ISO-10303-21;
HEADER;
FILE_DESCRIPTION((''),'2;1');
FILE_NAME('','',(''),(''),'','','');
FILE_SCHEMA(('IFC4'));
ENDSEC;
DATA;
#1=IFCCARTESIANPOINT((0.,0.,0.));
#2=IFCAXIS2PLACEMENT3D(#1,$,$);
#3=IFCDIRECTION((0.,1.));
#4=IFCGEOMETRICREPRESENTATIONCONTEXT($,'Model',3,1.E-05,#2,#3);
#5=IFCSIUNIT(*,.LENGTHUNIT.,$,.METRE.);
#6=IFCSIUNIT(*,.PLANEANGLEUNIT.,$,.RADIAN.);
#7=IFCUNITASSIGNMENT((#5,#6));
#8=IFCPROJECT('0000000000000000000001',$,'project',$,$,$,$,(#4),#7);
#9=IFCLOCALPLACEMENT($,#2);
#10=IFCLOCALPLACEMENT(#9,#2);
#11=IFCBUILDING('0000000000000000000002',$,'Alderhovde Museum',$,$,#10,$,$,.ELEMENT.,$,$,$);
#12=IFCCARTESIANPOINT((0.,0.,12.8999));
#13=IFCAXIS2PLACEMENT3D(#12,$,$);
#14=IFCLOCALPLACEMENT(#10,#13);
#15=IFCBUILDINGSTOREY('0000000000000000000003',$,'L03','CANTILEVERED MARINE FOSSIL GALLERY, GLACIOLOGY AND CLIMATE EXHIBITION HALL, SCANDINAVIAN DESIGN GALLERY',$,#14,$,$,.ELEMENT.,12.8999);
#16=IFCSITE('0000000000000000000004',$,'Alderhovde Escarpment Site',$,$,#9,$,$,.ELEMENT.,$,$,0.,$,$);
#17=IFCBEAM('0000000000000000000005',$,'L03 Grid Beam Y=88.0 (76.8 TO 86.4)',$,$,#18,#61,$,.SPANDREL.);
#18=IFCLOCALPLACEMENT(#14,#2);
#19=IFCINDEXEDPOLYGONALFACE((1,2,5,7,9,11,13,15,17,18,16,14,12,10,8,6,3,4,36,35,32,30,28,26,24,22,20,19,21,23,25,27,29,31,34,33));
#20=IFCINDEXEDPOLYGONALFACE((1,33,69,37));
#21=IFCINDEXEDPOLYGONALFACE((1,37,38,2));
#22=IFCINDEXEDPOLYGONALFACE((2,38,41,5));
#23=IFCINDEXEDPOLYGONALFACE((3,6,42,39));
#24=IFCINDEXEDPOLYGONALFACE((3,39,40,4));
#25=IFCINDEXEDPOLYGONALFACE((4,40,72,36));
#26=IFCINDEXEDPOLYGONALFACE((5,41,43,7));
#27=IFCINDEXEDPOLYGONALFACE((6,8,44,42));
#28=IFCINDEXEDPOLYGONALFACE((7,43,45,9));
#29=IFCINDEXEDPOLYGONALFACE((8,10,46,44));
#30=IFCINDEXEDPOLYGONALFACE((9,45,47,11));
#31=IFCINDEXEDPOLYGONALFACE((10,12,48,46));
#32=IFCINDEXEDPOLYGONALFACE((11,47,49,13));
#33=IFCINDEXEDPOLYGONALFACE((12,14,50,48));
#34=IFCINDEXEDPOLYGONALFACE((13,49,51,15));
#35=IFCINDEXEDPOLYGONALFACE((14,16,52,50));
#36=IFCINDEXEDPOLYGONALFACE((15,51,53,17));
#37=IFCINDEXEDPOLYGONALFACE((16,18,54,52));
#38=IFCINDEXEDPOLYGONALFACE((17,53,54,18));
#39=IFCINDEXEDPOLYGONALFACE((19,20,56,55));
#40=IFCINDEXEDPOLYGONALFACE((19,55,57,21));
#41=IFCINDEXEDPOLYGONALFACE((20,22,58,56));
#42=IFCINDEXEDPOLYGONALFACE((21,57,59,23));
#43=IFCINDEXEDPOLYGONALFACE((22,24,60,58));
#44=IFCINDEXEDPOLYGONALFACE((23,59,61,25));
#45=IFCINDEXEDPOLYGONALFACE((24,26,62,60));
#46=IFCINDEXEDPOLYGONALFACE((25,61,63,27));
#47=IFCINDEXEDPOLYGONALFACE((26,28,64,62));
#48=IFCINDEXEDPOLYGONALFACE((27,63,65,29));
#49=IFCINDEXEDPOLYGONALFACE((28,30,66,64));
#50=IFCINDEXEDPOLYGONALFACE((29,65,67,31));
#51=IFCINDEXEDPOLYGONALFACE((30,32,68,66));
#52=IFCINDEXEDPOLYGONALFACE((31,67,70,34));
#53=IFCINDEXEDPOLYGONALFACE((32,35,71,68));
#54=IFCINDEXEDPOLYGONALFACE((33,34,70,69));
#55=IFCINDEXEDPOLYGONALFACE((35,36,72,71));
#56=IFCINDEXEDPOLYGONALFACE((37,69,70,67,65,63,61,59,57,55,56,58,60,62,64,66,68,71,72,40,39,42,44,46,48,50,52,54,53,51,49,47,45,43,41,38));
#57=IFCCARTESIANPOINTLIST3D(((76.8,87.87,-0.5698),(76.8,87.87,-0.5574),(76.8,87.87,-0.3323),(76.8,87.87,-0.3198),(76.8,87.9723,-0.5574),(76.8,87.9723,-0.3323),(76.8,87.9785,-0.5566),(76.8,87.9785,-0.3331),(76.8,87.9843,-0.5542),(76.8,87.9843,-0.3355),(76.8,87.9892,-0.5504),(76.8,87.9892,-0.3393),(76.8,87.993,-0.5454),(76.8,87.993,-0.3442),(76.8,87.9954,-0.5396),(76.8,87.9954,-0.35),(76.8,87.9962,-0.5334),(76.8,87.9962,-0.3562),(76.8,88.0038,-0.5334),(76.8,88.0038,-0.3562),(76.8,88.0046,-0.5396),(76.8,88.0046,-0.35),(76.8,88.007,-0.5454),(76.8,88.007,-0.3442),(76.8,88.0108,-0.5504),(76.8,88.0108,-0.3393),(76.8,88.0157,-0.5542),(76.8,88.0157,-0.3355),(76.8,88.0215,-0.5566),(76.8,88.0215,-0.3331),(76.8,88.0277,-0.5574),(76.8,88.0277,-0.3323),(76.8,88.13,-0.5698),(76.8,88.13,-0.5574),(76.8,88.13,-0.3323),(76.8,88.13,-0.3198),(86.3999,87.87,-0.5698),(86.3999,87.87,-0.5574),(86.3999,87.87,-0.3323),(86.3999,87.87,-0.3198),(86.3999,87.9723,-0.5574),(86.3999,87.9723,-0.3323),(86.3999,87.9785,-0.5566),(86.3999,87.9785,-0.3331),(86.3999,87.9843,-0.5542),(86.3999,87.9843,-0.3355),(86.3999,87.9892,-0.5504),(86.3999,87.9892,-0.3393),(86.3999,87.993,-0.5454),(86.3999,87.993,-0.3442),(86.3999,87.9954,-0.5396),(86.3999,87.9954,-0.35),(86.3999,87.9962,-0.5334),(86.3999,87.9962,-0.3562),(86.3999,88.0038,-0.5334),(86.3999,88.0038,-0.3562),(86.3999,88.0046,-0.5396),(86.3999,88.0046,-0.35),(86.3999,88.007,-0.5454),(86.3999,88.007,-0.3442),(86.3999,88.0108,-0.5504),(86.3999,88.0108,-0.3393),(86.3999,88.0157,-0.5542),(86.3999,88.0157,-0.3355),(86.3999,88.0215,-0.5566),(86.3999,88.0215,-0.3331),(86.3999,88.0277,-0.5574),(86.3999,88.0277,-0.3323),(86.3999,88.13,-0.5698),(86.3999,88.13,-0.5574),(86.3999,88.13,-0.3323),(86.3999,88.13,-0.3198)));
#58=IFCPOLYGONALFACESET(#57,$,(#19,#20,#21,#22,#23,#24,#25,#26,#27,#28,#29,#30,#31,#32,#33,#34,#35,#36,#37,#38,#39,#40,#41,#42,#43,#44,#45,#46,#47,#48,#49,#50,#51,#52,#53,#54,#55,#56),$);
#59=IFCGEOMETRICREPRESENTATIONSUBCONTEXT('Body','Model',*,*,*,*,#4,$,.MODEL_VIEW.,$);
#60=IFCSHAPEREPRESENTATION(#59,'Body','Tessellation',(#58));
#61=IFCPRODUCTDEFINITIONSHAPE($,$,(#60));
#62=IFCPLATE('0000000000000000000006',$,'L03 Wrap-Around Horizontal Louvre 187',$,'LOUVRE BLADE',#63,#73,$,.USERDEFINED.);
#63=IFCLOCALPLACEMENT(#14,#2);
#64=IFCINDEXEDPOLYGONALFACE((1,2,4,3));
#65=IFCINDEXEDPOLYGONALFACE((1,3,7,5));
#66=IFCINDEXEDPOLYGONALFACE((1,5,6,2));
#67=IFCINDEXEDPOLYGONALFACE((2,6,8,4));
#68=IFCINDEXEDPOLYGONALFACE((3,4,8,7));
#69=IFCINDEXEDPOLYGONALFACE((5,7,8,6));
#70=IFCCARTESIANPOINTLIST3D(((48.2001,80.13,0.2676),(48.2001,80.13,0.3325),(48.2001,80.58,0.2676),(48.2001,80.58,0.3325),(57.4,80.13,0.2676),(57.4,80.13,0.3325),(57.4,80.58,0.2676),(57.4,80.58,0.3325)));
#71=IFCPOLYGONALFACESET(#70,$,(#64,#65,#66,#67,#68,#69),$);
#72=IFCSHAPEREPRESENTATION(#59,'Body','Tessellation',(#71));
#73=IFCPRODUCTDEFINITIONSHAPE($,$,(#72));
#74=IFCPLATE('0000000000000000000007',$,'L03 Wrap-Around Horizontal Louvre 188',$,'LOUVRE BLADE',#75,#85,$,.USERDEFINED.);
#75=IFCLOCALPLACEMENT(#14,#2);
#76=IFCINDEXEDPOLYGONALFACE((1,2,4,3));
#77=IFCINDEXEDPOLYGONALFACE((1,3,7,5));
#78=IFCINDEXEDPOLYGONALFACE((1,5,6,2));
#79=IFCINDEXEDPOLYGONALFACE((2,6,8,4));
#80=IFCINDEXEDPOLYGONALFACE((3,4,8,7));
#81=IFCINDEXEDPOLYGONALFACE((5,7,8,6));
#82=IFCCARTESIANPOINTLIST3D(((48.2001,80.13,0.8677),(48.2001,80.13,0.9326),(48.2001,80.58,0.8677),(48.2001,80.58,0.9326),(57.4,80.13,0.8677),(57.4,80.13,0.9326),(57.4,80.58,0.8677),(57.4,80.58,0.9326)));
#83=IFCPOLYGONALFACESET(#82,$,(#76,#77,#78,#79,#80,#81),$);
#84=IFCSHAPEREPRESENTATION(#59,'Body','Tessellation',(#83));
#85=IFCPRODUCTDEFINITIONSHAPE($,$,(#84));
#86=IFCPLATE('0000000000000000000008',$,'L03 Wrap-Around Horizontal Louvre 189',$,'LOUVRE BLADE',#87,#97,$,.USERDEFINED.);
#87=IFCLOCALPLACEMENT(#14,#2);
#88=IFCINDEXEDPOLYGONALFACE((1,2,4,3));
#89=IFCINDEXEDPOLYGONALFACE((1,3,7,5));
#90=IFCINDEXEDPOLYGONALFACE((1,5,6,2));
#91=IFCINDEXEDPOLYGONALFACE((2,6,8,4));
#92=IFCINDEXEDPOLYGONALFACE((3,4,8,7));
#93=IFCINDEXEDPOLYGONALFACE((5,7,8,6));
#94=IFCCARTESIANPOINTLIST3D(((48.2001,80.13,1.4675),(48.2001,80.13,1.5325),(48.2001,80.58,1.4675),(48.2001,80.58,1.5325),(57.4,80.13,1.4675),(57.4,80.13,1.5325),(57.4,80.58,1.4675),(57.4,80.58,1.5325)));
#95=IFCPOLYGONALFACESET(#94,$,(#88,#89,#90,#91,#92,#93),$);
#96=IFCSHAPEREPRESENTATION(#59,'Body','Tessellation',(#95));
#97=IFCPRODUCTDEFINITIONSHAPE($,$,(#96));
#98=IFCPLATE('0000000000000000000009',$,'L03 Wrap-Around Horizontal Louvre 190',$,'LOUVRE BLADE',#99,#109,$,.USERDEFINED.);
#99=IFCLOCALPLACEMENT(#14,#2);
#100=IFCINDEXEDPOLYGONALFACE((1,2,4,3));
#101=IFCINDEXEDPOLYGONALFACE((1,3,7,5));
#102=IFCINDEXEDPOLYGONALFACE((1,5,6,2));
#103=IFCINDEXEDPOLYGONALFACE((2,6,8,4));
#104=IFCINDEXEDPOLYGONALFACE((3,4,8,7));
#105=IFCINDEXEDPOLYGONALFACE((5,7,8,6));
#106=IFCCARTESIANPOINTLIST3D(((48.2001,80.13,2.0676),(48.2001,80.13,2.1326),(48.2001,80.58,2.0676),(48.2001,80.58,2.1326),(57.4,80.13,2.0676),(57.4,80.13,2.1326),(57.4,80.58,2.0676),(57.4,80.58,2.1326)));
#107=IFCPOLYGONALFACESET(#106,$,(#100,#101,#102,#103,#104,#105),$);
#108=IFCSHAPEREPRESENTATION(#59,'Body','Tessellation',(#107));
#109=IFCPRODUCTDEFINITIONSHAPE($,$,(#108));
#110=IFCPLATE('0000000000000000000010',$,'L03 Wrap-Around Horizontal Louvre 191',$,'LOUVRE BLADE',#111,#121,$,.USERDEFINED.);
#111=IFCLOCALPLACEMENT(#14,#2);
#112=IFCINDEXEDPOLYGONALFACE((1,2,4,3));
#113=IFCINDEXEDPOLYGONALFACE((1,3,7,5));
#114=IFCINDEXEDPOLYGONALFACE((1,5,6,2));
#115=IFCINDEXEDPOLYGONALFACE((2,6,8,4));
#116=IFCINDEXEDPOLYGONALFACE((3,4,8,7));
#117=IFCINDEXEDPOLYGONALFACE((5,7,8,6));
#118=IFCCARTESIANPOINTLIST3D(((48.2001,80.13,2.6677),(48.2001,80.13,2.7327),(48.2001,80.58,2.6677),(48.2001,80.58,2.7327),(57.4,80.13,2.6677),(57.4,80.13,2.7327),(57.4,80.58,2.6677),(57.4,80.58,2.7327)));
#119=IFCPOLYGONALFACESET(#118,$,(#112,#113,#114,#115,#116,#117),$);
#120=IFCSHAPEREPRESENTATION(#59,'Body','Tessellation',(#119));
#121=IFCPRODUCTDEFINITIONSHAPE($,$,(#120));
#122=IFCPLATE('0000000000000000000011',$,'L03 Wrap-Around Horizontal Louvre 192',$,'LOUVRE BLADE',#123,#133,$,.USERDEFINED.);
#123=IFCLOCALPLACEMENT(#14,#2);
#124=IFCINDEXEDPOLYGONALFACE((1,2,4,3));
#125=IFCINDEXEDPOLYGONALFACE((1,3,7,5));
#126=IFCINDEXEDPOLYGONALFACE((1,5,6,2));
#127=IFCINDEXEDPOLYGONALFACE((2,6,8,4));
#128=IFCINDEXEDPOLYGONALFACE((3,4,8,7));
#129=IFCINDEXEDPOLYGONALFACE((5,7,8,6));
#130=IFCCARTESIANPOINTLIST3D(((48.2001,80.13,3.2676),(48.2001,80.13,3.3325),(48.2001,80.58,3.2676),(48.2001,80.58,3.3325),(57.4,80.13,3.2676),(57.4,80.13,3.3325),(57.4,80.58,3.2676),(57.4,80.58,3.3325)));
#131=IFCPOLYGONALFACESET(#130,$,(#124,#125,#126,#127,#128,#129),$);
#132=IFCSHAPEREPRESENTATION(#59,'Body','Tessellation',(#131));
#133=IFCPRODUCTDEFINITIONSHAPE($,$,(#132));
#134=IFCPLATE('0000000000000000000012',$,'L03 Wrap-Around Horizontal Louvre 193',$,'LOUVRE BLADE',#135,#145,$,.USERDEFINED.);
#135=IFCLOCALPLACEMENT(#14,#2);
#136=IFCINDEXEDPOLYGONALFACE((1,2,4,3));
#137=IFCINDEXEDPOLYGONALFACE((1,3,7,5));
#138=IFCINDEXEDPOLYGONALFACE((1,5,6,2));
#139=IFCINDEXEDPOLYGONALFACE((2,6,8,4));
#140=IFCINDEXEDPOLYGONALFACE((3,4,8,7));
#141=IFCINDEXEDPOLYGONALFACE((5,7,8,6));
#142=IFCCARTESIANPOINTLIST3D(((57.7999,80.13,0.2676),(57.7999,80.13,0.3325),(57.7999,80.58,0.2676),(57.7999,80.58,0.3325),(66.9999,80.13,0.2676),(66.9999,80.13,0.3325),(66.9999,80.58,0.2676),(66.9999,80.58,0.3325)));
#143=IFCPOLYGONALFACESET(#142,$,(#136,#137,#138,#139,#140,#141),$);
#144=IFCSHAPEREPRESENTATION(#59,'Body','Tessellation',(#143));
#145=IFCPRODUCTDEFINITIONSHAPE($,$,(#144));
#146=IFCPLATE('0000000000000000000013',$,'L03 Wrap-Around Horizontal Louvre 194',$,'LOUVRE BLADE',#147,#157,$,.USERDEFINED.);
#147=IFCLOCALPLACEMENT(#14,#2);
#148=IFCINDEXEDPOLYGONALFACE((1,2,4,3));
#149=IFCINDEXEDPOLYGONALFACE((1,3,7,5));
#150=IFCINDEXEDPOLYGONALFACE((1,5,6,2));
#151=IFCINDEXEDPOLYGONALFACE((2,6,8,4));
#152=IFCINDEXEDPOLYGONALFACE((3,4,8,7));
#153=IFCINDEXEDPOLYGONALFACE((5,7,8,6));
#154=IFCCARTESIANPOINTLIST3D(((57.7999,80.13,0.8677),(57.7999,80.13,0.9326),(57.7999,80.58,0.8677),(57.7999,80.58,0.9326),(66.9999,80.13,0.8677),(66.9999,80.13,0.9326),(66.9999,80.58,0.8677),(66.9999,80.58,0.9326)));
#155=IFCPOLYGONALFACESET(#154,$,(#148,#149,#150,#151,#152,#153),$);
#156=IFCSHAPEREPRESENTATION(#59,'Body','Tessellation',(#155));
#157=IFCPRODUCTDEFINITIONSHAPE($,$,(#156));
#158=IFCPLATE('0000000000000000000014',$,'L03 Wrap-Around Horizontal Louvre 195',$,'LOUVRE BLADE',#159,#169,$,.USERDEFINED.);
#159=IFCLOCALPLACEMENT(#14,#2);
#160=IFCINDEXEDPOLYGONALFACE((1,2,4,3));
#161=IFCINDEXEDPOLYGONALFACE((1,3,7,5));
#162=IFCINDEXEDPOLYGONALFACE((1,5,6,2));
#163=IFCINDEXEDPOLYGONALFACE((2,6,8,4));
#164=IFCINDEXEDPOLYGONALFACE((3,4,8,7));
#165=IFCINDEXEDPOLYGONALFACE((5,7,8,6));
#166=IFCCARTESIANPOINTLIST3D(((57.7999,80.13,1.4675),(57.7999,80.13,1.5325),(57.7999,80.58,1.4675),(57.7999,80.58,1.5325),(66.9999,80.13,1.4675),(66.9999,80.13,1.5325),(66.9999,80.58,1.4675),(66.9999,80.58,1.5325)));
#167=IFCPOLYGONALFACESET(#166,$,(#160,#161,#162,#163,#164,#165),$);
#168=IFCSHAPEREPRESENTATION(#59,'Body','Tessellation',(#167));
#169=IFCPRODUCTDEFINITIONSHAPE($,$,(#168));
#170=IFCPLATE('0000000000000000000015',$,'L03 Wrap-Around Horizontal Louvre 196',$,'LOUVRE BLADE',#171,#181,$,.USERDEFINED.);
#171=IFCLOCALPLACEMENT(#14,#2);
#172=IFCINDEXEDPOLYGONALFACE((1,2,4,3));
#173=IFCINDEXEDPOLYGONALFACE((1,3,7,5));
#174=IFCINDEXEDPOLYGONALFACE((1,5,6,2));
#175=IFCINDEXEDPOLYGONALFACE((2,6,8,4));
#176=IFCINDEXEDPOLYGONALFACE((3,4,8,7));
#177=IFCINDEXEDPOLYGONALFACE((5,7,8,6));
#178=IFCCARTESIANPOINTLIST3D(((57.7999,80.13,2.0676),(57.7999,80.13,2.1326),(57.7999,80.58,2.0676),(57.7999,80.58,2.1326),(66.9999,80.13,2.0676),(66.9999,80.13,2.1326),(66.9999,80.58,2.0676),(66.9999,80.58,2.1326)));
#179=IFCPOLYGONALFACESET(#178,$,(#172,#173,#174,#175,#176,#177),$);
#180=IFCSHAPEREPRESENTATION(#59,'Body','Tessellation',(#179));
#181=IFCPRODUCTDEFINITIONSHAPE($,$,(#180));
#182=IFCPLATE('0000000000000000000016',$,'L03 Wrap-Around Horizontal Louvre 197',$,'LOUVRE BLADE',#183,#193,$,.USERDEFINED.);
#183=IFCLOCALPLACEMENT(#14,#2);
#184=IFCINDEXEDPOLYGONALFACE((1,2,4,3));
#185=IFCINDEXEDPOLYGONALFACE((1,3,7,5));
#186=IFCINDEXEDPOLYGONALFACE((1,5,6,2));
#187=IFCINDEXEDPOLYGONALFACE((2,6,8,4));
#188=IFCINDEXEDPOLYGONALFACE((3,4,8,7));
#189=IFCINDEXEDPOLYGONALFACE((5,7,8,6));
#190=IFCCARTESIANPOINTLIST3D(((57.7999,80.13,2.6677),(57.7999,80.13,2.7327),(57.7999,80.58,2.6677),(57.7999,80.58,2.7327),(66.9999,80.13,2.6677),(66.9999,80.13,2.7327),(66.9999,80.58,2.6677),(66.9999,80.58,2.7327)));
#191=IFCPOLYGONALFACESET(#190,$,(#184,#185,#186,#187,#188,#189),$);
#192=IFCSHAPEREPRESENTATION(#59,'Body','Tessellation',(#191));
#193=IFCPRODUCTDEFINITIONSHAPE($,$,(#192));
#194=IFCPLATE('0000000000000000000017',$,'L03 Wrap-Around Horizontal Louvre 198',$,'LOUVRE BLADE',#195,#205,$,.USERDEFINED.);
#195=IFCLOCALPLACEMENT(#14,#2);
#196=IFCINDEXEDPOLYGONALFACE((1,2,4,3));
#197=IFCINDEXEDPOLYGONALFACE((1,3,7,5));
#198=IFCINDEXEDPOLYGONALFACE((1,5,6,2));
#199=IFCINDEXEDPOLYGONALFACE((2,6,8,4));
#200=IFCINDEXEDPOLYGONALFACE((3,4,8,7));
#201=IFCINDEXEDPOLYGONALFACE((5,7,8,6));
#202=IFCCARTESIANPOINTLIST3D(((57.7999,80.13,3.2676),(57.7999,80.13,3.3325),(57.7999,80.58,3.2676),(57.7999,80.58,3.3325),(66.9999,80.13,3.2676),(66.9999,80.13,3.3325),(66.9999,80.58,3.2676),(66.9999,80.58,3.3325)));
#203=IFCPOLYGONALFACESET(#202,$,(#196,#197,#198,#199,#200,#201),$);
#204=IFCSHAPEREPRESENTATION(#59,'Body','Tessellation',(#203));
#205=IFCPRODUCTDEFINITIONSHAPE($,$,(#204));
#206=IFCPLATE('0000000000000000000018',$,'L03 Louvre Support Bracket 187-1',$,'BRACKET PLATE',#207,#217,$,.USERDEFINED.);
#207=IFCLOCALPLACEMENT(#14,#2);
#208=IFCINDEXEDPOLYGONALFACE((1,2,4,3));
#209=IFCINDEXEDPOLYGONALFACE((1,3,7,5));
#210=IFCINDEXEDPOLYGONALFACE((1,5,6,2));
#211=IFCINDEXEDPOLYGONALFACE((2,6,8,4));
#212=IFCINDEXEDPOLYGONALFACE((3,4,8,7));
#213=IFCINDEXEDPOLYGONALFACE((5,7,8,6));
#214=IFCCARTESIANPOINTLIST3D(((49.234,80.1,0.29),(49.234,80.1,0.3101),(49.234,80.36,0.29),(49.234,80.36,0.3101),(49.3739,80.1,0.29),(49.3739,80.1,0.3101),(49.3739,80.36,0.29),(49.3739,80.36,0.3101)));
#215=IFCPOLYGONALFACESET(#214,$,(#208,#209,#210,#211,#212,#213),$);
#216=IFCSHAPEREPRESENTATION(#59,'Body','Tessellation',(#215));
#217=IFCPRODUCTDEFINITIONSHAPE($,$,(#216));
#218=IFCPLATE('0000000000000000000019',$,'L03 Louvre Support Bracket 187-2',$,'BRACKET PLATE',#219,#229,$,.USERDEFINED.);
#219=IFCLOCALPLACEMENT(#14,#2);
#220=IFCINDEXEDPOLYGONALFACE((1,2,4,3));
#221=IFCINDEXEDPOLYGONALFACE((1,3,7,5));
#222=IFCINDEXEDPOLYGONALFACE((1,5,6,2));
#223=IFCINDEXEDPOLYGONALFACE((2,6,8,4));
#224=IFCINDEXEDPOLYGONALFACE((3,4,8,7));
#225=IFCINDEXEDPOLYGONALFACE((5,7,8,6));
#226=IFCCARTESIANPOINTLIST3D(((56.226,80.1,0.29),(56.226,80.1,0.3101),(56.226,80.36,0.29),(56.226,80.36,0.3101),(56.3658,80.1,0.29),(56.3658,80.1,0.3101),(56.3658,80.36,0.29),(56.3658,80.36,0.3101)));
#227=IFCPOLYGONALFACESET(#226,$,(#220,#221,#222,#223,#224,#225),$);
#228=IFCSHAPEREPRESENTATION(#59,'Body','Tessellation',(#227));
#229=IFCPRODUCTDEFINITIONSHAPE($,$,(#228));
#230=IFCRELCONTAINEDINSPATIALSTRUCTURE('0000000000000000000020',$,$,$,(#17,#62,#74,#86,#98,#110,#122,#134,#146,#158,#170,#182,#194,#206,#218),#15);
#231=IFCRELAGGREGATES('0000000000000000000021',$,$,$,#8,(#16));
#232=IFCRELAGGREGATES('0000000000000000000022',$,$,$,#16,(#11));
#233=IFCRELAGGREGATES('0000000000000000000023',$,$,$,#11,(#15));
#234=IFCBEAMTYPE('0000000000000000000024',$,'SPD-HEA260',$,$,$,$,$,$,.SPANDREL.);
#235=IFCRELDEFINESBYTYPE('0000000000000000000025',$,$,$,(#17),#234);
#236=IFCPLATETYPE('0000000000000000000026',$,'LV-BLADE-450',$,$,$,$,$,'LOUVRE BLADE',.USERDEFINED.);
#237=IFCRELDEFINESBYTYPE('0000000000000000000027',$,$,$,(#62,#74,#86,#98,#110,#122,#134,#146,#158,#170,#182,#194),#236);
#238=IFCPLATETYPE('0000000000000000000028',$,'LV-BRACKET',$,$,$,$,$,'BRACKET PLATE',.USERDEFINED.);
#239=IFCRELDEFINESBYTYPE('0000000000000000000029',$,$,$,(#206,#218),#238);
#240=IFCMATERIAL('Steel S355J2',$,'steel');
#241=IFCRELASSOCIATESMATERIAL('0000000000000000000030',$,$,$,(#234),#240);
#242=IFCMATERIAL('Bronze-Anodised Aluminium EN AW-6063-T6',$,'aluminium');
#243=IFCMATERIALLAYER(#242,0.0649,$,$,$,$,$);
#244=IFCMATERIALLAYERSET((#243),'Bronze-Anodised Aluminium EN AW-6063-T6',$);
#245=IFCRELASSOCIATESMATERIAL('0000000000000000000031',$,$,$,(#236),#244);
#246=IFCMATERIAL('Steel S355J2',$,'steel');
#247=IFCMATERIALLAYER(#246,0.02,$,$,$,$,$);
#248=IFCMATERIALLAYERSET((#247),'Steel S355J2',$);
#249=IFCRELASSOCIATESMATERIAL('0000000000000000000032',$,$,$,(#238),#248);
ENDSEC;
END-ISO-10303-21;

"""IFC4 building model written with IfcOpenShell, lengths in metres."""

from ifc_helpers import new_model, si_unit, direction, frame, origin, origin_2d, place, context, subcontext, project, spatial, rectangle, i_section, extrude, material, layer, layer_set, material_profile, profile_set, type_object, element, save


model = new_model("IFC4")

# Units and contexts
model_context = context("Model", 3, precision=1e-05, world=origin(), true_north=direction((0.0, 1.0)))
body_context = subcontext(model_context, "Body", "Model", "MODEL_VIEW")
ifc_project = project(units=[si_unit("LENGTHUNIT", "METRE"), si_unit("PLANEANGLEUNIT", "RADIAN")], contexts=[model_context])

# Site, building, storey
site_placement = place(None, origin())
site = spatial("IfcSite", under=ifc_project, at=site_placement, Name="Alderhovde Escarpment Site", CompositionType="ELEMENT", RefElevation=0.0)
building_placement = place(site_placement, origin())
building = spatial("IfcBuilding", under=site, at=building_placement, Name="Alderhovde Museum", CompositionType="ELEMENT")
storey_placement = place(building_placement, frame((0.0, 0.0, 12.8999)))
storey = spatial("IfcBuildingStorey", under=building, at=storey_placement, Name="L03", Description="CANTILEVERED MARINE FOSSIL GALLERY, GLACIOLOGY AND CLIMATE EXHIBITION HALL, SCANDINAVIAN DESIGN GALLERY", CompositionType="ELEMENT", Elevation=12.8999)

# Beam
ifc_material_1 = material(Name="Steel S355J2", Category="steel")
ifc_material_profile_1 = material_profile(ifc_material_1, i_section(OverallWidth=0.26, OverallDepth=0.25, WebThickness=0.0076, FlangeThickness=0.0125, FilletRadius=0.0239, at=origin_2d()), Name="HEA 260")
ifc_profile_set_1 = profile_set([ifc_material_profile_1], Name="Steel S355J2")
beam_type = type_object("IfcBeamType", Name="SPD-HEA260", PredefinedType="SPANDREL", material=ifc_profile_set_1)
beam_placement = place(storey_placement, frame((76.8, 88.0, -0.4448), z_axis=(1.0, 0.0, 0.0), x_axis=(0.0, 1.0, 0.0)))
element("IfcBeam", 1, at=beam_placement, inside=storey, type_object=beam_type, Name="L03 Grid Beam Y=88.0 (76.8 TO 86.4)", PredefinedType="SPANDREL", context=body_context, shape_type="SweptSolid", body=[
    extrude(i_section(OverallWidth=0.26, OverallDepth=0.25, WebThickness=0.0076, FlangeThickness=0.0125, FilletRadius=0.0239, at=origin_2d()), origin(), (0.0, 0.0, 1.0), 9.5999),
])

# Plates
ifc_material_2 = material(Name="Bronze-Anodised Aluminium EN AW-6063-T6", Category="aluminium")
ifc_layer_1 = layer(ifc_material_2, 0.0649)
ifc_layer_set_1 = layer_set([ifc_layer_1], Name="Bronze-Anodised Aluminium EN AW-6063-T6")
plate_type_1 = type_object("IfcPlateType", Name="LV-BLADE-450", ElementType="LOUVRE BLADE", PredefinedType="USERDEFINED", material=ifc_layer_set_1)
for number, where, z_axis, x_axis, name in (
    (2, (52.8, 80.355, 0.2676), (0.0, 0.0, 1.0), (1.0, 0.0, 0.0), "L03 Wrap-Around Horizontal Louvre 187"),
    (3, (52.8, 80.355, 0.8677), (0.0, 0.0, 1.0), (1.0, 0.0, 0.0), "L03 Wrap-Around Horizontal Louvre 188"),
    (4, (52.8, 80.355, 1.4675), (0.0, 0.0, 1.0), (1.0, 0.0, 0.0), "L03 Wrap-Around Horizontal Louvre 189"),
    (5, (52.8, 80.355, 2.0676), (0.0, 0.0, 1.0), (1.0, 0.0, 0.0), "L03 Wrap-Around Horizontal Louvre 190"),
    (6, (52.8, 80.355, 2.6677), (0.0, 0.0, 1.0), (1.0, 0.0, 0.0), "L03 Wrap-Around Horizontal Louvre 191"),
    (7, (52.8, 80.355, 3.2676), (0.0, 0.0, 1.0), (1.0, 0.0, 0.0), "L03 Wrap-Around Horizontal Louvre 192"),
    (8, (62.3999, 80.355, 0.2676), (0.0, 0.0, 1.0), (1.0, 0.0, 0.0), "L03 Wrap-Around Horizontal Louvre 193"),
    (9, (62.3999, 80.355, 0.8677), (0.0, 0.0, 1.0), (1.0, 0.0, 0.0), "L03 Wrap-Around Horizontal Louvre 194"),
    (10, (62.3999, 80.355, 1.4675), (0.0, 0.0, 1.0), (1.0, 0.0, 0.0), "L03 Wrap-Around Horizontal Louvre 195"),
    (11, (62.3999, 80.355, 2.0676), (0.0, 0.0, 1.0), (1.0, 0.0, 0.0), "L03 Wrap-Around Horizontal Louvre 196"),
    (12, (62.3999, 80.355, 2.6677), (0.0, 0.0, 1.0), (1.0, 0.0, 0.0), "L03 Wrap-Around Horizontal Louvre 197"),
    (13, (62.3999, 80.355, 3.2676), (0.0, 0.0, 1.0), (1.0, 0.0, 0.0), "L03 Wrap-Around Horizontal Louvre 198"),
):
    element("IfcPlate", number, at=place(storey_placement, frame(where, z_axis=z_axis, x_axis=x_axis)), inside=storey, type_object=plate_type_1, Name=name, ObjectType="LOUVRE BLADE", PredefinedType="USERDEFINED", context=body_context, shape_type="SweptSolid", body=[
        extrude(rectangle(XDim=9.2, YDim=0.45, at=origin_2d()), origin(), (0.0, 0.0, 1.0), 0.0649),
    ])
ifc_material_3 = material(Name="Steel S355J2", Category="steel")
ifc_layer_2 = layer(ifc_material_3, 0.02)
ifc_layer_set_2 = layer_set([ifc_layer_2], Name="Steel S355J2")
plate_type_2 = type_object("IfcPlateType", Name="LV-BRACKET", ElementType="BRACKET PLATE", PredefinedType="USERDEFINED", material=ifc_layer_set_2)
for number, where, z_axis, x_axis, name in (
    (14, (49.304, 80.23, 0.29), (0.0, 0.0, 1.0), (1.0, 0.0, 0.0), "L03 Louvre Support Bracket 187-1"),
    (15, (56.2959, 80.23, 0.29), (0.0, 0.0, 1.0), (1.0, 0.0, 0.0), "L03 Louvre Support Bracket 187-2"),
):
    element("IfcPlate", number, at=place(storey_placement, frame(where, z_axis=z_axis, x_axis=x_axis)), inside=storey, type_object=plate_type_2, Name=name, ObjectType="BRACKET PLATE", PredefinedType="USERDEFINED", context=body_context, shape_type="SweptSolid", body=[
        extrude(rectangle(XDim=0.1399, YDim=0.26, at=origin_2d()), origin(), (0.0, 0.0, 1.0), 0.02),
    ])

save(model, "model.ifc")
